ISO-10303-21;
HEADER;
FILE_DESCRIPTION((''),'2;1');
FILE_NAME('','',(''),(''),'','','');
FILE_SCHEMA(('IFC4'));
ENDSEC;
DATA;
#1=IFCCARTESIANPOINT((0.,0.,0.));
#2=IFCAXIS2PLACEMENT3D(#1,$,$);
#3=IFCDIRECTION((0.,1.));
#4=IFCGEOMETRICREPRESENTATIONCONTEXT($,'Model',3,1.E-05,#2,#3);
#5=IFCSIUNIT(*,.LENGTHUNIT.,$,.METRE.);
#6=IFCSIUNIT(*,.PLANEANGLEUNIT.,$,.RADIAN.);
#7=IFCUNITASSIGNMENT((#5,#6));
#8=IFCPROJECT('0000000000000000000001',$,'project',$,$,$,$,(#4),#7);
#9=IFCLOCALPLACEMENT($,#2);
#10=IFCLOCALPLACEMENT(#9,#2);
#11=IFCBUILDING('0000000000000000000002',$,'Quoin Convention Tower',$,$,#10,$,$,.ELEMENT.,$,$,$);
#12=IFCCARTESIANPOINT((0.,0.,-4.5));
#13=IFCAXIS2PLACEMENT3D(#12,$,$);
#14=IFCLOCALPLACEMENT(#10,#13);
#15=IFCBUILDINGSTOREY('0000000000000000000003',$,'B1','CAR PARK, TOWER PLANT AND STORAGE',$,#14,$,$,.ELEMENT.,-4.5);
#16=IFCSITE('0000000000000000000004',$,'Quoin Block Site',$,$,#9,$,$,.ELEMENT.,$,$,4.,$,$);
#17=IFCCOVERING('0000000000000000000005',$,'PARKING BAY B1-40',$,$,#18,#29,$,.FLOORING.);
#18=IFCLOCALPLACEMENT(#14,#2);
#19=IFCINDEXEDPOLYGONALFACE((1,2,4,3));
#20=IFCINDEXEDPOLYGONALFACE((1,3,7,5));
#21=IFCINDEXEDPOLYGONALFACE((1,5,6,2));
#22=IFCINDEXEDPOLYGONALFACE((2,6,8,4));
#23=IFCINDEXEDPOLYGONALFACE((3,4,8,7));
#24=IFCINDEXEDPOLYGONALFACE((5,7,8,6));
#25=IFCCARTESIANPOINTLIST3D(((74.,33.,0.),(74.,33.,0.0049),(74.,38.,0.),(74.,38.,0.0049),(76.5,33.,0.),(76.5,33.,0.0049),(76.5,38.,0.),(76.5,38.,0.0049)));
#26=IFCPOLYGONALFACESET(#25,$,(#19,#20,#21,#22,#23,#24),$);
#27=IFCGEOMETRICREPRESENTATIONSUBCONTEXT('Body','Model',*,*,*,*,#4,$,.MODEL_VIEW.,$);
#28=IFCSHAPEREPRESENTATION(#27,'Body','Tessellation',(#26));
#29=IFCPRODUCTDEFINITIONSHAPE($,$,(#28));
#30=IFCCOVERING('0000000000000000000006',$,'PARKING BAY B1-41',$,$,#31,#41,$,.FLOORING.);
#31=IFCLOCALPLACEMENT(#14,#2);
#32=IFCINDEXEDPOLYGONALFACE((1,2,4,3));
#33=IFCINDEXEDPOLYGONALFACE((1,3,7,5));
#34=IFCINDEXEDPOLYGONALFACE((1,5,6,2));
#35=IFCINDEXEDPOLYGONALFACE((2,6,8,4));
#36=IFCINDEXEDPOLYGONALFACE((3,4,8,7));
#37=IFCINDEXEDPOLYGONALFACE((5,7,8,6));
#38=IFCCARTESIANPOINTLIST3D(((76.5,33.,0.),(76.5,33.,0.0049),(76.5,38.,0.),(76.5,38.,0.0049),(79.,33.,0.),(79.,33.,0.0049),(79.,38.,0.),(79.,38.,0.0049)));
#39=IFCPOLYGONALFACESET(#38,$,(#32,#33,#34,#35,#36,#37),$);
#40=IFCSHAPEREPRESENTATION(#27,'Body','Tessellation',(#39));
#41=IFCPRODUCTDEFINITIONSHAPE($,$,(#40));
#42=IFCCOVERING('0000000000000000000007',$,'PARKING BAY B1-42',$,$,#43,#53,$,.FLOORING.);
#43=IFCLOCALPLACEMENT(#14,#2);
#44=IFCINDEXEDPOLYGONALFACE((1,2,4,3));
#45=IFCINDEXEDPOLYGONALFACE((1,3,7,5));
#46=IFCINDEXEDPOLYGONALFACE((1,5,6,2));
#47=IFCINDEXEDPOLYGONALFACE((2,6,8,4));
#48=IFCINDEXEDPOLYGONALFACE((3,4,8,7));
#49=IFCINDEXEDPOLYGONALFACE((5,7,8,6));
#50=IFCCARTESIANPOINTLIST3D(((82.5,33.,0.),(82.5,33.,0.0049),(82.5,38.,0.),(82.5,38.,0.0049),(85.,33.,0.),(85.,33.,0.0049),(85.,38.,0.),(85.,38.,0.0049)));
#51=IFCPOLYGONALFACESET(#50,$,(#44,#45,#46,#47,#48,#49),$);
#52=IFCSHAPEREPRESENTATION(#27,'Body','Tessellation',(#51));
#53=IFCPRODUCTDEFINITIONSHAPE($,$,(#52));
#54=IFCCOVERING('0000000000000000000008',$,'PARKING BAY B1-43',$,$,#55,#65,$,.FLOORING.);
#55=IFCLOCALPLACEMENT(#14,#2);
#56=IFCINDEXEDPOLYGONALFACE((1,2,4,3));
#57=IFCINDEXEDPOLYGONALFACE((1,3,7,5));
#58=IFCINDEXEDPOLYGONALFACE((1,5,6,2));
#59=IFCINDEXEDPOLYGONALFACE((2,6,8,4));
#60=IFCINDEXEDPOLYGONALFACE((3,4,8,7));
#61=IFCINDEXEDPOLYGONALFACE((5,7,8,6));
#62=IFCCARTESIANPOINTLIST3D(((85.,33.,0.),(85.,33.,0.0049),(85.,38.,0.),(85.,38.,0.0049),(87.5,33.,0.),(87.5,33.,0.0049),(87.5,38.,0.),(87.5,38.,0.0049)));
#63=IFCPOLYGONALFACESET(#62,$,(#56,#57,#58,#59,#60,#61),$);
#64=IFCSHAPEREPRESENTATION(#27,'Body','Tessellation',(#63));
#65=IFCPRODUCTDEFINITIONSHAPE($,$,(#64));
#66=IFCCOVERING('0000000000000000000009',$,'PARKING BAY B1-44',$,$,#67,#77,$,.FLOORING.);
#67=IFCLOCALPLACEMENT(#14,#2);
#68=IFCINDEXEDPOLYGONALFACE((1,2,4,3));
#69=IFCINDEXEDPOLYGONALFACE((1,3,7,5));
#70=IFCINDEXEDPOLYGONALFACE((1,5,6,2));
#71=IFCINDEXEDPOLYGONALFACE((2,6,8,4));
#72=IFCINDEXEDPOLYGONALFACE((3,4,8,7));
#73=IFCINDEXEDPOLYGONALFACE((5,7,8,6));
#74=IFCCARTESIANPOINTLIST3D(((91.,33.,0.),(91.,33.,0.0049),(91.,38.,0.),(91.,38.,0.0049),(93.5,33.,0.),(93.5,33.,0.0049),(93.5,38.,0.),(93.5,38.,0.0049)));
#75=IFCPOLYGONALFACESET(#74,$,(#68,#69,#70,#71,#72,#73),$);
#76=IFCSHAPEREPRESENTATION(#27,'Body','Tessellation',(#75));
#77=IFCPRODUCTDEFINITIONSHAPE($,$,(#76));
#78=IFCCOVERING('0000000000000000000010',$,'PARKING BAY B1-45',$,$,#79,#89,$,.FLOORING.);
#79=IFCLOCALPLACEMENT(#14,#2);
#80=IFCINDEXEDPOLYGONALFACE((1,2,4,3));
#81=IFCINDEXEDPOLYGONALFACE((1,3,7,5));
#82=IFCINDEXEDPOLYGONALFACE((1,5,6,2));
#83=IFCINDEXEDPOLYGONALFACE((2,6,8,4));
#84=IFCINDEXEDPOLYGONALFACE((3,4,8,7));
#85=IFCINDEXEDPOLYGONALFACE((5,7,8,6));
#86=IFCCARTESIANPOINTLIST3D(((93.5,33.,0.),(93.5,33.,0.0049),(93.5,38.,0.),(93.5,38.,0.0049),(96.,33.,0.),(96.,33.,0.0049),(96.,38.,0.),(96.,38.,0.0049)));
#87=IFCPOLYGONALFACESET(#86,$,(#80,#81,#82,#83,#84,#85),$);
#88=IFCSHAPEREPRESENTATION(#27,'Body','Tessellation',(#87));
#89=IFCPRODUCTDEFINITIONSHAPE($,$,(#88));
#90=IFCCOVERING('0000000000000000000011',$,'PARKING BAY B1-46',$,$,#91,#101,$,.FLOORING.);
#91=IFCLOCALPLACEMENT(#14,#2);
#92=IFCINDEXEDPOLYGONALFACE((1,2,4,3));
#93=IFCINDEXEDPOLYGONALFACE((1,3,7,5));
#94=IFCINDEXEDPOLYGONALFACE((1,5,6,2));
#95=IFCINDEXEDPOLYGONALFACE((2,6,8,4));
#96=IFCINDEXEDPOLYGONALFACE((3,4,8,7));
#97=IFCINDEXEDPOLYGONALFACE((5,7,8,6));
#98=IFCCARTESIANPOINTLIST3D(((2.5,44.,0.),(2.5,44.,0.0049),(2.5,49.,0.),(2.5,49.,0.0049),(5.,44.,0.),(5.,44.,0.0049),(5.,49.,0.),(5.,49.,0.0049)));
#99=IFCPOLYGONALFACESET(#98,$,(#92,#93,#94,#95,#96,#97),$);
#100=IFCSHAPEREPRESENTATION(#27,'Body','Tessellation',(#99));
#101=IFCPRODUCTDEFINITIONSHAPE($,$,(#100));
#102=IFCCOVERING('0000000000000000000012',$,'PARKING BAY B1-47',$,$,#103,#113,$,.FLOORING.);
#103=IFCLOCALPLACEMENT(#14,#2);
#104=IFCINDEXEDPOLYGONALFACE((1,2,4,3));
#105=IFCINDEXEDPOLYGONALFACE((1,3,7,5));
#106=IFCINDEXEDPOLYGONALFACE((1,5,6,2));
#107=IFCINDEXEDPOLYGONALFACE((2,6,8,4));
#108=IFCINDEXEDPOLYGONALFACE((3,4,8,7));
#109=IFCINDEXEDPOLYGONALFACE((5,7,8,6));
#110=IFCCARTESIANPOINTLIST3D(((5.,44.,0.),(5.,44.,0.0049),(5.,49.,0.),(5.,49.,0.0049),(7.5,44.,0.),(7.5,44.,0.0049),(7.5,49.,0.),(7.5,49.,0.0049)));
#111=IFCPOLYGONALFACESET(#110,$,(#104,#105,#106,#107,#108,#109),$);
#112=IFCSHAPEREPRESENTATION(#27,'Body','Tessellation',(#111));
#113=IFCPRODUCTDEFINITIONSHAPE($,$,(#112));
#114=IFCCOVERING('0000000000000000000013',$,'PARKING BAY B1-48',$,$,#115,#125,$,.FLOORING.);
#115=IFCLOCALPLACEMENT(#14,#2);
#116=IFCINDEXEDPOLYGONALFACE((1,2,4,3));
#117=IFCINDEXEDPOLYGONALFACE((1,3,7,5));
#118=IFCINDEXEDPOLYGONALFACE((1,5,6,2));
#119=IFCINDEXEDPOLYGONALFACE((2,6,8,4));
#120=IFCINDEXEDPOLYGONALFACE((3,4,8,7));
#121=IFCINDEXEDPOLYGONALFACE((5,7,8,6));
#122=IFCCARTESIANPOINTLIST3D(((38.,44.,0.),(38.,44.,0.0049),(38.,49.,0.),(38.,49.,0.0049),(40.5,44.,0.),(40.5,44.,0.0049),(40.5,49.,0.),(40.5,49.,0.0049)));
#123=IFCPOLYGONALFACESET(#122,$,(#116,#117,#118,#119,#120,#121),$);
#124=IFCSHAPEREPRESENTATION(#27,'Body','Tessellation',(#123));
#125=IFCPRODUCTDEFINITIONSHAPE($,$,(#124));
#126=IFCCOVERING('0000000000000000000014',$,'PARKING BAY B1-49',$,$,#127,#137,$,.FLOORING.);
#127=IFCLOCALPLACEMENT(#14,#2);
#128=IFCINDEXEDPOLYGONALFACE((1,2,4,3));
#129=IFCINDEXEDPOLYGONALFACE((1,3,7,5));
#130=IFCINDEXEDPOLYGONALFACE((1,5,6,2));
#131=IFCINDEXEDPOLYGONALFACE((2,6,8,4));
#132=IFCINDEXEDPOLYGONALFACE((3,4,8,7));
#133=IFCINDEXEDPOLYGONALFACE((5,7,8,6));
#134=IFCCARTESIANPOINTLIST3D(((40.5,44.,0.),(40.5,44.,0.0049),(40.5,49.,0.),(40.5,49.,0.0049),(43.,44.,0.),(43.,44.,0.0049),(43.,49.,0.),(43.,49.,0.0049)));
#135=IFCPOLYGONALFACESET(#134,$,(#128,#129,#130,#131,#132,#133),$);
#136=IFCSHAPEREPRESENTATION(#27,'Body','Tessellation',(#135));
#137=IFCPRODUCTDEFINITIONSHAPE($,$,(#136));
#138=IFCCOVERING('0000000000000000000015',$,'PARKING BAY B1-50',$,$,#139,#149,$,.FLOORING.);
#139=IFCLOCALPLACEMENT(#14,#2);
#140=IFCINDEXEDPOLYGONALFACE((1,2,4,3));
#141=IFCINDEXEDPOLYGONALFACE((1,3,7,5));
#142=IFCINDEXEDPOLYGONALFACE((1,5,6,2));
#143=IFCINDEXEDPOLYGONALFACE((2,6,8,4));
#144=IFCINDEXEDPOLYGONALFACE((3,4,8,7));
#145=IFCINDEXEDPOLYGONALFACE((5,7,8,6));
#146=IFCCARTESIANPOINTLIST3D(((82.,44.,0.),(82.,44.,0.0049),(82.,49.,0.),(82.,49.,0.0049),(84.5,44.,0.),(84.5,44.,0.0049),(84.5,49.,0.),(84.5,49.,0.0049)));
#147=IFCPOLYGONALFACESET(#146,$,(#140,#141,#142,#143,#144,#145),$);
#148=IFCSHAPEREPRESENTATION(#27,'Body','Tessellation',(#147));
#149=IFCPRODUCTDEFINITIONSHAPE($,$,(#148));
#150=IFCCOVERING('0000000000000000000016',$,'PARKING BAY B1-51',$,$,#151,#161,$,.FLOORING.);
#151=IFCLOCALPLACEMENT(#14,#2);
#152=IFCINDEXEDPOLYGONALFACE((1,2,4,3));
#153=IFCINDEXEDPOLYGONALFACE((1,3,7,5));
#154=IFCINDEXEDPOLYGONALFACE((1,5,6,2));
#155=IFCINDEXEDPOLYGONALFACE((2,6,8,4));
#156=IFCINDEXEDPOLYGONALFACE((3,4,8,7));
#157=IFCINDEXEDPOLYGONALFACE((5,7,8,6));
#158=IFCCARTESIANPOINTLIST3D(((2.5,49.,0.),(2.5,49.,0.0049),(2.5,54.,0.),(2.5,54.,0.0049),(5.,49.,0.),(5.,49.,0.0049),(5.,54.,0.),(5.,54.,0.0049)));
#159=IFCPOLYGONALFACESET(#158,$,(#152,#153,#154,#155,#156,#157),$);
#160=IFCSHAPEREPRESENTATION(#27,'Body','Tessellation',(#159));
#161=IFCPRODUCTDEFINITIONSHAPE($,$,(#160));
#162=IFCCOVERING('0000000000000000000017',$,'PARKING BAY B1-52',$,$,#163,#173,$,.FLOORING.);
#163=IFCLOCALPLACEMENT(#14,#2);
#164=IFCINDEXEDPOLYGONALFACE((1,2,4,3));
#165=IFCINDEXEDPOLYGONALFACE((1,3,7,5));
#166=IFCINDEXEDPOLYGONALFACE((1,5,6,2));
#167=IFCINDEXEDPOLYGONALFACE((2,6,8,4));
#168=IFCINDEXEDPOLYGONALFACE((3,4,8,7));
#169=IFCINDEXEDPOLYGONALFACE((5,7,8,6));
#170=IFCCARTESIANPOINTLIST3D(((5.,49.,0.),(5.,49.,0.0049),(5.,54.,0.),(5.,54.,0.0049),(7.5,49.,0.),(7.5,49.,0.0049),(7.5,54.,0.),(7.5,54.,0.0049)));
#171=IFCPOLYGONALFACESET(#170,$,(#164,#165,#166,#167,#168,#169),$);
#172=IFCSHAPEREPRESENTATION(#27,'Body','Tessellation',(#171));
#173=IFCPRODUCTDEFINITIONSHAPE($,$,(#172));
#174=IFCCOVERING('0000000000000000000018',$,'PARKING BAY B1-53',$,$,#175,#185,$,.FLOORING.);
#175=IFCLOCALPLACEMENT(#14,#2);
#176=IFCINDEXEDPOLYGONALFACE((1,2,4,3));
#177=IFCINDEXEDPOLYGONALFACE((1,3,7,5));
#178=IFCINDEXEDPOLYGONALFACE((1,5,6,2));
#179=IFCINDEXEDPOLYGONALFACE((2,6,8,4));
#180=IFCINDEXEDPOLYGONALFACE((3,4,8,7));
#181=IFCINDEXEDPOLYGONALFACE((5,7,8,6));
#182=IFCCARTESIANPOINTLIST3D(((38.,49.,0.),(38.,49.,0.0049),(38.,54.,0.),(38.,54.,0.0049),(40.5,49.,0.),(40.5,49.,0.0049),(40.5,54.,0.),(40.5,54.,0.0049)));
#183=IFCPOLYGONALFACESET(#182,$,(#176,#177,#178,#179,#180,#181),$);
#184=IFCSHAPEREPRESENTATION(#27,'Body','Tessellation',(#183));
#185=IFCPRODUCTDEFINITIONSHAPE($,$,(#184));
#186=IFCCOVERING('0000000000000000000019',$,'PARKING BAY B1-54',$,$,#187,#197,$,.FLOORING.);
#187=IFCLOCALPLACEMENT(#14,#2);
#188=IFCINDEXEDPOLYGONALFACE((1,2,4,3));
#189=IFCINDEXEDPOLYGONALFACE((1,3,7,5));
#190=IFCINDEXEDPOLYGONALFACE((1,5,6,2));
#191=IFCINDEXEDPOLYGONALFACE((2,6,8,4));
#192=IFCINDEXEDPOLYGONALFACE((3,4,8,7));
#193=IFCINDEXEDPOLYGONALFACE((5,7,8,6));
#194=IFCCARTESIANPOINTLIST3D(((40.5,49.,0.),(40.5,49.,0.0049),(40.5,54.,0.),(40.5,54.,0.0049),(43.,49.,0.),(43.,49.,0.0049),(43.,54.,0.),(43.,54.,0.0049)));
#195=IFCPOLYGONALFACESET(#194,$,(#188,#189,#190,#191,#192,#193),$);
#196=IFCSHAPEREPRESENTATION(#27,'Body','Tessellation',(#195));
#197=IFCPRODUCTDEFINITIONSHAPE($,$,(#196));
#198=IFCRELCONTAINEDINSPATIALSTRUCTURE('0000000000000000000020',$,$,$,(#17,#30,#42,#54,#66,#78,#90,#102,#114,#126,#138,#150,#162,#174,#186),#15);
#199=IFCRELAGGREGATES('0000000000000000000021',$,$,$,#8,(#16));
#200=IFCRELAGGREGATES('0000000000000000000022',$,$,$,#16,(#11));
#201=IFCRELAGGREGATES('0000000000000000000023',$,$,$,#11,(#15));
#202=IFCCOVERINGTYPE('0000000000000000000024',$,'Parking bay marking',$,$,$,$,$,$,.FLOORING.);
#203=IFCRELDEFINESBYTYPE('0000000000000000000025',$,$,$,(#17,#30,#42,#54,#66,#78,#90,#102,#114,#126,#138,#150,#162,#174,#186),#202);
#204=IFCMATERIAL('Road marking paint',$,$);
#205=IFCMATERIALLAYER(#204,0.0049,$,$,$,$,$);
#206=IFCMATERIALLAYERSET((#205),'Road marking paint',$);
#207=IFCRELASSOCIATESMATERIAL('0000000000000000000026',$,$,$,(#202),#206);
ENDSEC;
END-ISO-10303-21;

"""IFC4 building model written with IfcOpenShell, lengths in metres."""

from ifc_helpers import new_model, si_unit, direction, frame, origin, place, context, subcontext, project, spatial, polyline, outline, extrude, material, layer, layer_set, type_object, element, save


model = new_model("IFC4")

# Units and contexts
model_context = context("Model", 3, precision=1e-05, world=origin(), true_north=direction((0.0, 1.0)))
body_context = subcontext(model_context, "Body", "Model", "MODEL_VIEW")
ifc_project = project(units=[si_unit("LENGTHUNIT", "METRE"), si_unit("PLANEANGLEUNIT", "RADIAN")], contexts=[model_context])

# Site, building, storey
site_placement = place(None, origin())
site = spatial("IfcSite", under=ifc_project, at=site_placement, Name="Quoin Block Site", CompositionType="ELEMENT", RefElevation=4.0)
building_placement = place(site_placement, origin())
building = spatial("IfcBuilding", under=site, at=building_placement, Name="Quoin Convention Tower", CompositionType="ELEMENT")
storey_placement = place(building_placement, frame((0.0, 0.0, -4.5)))
storey = spatial("IfcBuildingStorey", under=building, at=storey_placement, Name="B1", Description="CAR PARK, TOWER PLANT AND STORAGE", CompositionType="ELEMENT", Elevation=-4.5)

# Coverings
ifc_material_1 = material(Name="Road marking paint")
ifc_layer_1 = layer(ifc_material_1, 0.0049)
ifc_layer_set_1 = layer_set([ifc_layer_1], Name="Road marking paint")
covering_type = type_object("IfcCoveringType", Name="Parking bay marking", PredefinedType="FLOORING", material=ifc_layer_set_1)
covering_1_placement = place(storey_placement, origin())
element("IfcCovering", 1, at=covering_1_placement, inside=storey, type_object=covering_type, Name="PARKING BAY B1-40", PredefinedType="FLOORING", context=body_context, shape_type="SweptSolid", body=[
    extrude(outline(polyline([(74.0, 33.0), (76.5, 33.0), (76.5, 38.0), (74.0, 38.0), (74.0, 33.0)])), origin(), (0.0, 0.0, 1.0), 0.0049),
])
covering_2_placement = place(storey_placement, origin())
element("IfcCovering", 2, at=covering_2_placement, inside=storey, type_object=covering_type, Name="PARKING BAY B1-41", PredefinedType="FLOORING", context=body_context, shape_type="SweptSolid", body=[
    extrude(outline(polyline([(76.5, 33.0), (79.0, 33.0), (79.0, 38.0), (76.5, 38.0), (76.5, 33.0)])), origin(), (0.0, 0.0, 1.0), 0.0049),
])
covering_3_placement = place(storey_placement, origin())
element("IfcCovering", 3, at=covering_3_placement, inside=storey, type_object=covering_type, Name="PARKING BAY B1-42", PredefinedType="FLOORING", context=body_context, shape_type="SweptSolid", body=[
    extrude(outline(polyline([(82.5, 33.0), (85.0, 33.0), (85.0, 38.0), (82.5, 38.0), (82.5, 33.0)])), origin(), (0.0, 0.0, 1.0), 0.0049),
])
covering_4_placement = place(storey_placement, origin())
element("IfcCovering", 4, at=covering_4_placement, inside=storey, type_object=covering_type, Name="PARKING BAY B1-43", PredefinedType="FLOORING", context=body_context, shape_type="SweptSolid", body=[
    extrude(outline(polyline([(85.0, 33.0), (87.5, 33.0), (87.5, 38.0), (85.0, 38.0), (85.0, 33.0)])), origin(), (0.0, 0.0, 1.0), 0.0049),
])
covering_5_placement = place(storey_placement, origin())
element("IfcCovering", 5, at=covering_5_placement, inside=storey, type_object=covering_type, Name="PARKING BAY B1-44", PredefinedType="FLOORING", context=body_context, shape_type="SweptSolid", body=[
    extrude(outline(polyline([(91.0, 33.0), (93.5, 33.0), (93.5, 38.0), (91.0, 38.0), (91.0, 33.0)])), origin(), (0.0, 0.0, 1.0), 0.0049),
])
covering_6_placement = place(storey_placement, origin())
element("IfcCovering", 6, at=covering_6_placement, inside=storey, type_object=covering_type, Name="PARKING BAY B1-45", PredefinedType="FLOORING", context=body_context, shape_type="SweptSolid", body=[
    extrude(outline(polyline([(93.5, 33.0), (96.0, 33.0), (96.0, 38.0), (93.5, 38.0), (93.5, 33.0)])), origin(), (0.0, 0.0, 1.0), 0.0049),
])
covering_7_placement = place(storey_placement, origin())
element("IfcCovering", 7, at=covering_7_placement, inside=storey, type_object=covering_type, Name="PARKING BAY B1-46", PredefinedType="FLOORING", context=body_context, shape_type="SweptSolid", body=[
    extrude(outline(polyline([(2.5, 44.0), (5.0, 44.0), (5.0, 49.0), (2.5, 49.0), (2.5, 44.0)])), origin(), (0.0, 0.0, 1.0), 0.0049),
])
covering_8_placement = place(storey_placement, origin())
element("IfcCovering", 8, at=covering_8_placement, inside=storey, type_object=covering_type, Name="PARKING BAY B1-47", PredefinedType="FLOORING", context=body_context, shape_type="SweptSolid", body=[
    extrude(outline(polyline([(5.0, 44.0), (7.5, 44.0), (7.5, 49.0), (5.0, 49.0), (5.0, 44.0)])), origin(), (0.0, 0.0, 1.0), 0.0049),
])
covering_9_placement = place(storey_placement, origin())
element("IfcCovering", 9, at=covering_9_placement, inside=storey, type_object=covering_type, Name="PARKING BAY B1-48", PredefinedType="FLOORING", context=body_context, shape_type="SweptSolid", body=[
    extrude(outline(polyline([(38.0, 44.0), (40.5, 44.0), (40.5, 49.0), (38.0, 49.0), (38.0, 44.0)])), origin(), (0.0, 0.0, 1.0), 0.0049),
])
covering_10_placement = place(storey_placement, origin())
element("IfcCovering", 10, at=covering_10_placement, inside=storey, type_object=covering_type, Name="PARKING BAY B1-49", PredefinedType="FLOORING", context=body_context, shape_type="SweptSolid", body=[
    extrude(outline(polyline([(40.5, 44.0), (43.0, 44.0), (43.0, 49.0), (40.5, 49.0), (40.5, 44.0)])), origin(), (0.0, 0.0, 1.0), 0.0049),
])
covering_11_placement = place(storey_placement, origin())
element("IfcCovering", 11, at=covering_11_placement, inside=storey, type_object=covering_type, Name="PARKING BAY B1-50", PredefinedType="FLOORING", context=body_context, shape_type="SweptSolid", body=[
    extrude(outline(polyline([(82.0, 44.0), (84.5, 44.0), (84.5, 49.0), (82.0, 49.0), (82.0, 44.0)])), origin(), (0.0, 0.0, 1.0), 0.0049),
])
covering_12_placement = place(storey_placement, origin())
element("IfcCovering", 12, at=covering_12_placement, inside=storey, type_object=covering_type, Name="PARKING BAY B1-51", PredefinedType="FLOORING", context=body_context, shape_type="SweptSolid", body=[
    extrude(outline(polyline([(2.5, 49.0), (5.0, 49.0), (5.0, 54.0), (2.5, 54.0), (2.5, 49.0)])), origin(), (0.0, 0.0, 1.0), 0.0049),
])
covering_13_placement = place(storey_placement, origin())
element("IfcCovering", 13, at=covering_13_placement, inside=storey, type_object=covering_type, Name="PARKING BAY B1-52", PredefinedType="FLOORING", context=body_context, shape_type="SweptSolid", body=[
    extrude(outline(polyline([(5.0, 49.0), (7.5, 49.0), (7.5, 54.0), (5.0, 54.0), (5.0, 49.0)])), origin(), (0.0, 0.0, 1.0), 0.0049),
])
covering_14_placement = place(storey_placement, origin())
element("IfcCovering", 14, at=covering_14_placement, inside=storey, type_object=covering_type, Name="PARKING BAY B1-53", PredefinedType="FLOORING", context=body_context, shape_type="SweptSolid", body=[
    extrude(outline(polyline([(38.0, 49.0), (40.5, 49.0), (40.5, 54.0), (38.0, 54.0), (38.0, 49.0)])), origin(), (0.0, 0.0, 1.0), 0.0049),
])
covering_15_placement = place(storey_placement, origin())
element("IfcCovering", 15, at=covering_15_placement, inside=storey, type_object=covering_type, Name="PARKING BAY B1-54", PredefinedType="FLOORING", context=body_context, shape_type="SweptSolid", body=[
    extrude(outline(polyline([(40.5, 49.0), (43.0, 49.0), (43.0, 54.0), (40.5, 54.0), (40.5, 49.0)])), origin(), (0.0, 0.0, 1.0), 0.0049),
])

save(model, "model.ifc")
